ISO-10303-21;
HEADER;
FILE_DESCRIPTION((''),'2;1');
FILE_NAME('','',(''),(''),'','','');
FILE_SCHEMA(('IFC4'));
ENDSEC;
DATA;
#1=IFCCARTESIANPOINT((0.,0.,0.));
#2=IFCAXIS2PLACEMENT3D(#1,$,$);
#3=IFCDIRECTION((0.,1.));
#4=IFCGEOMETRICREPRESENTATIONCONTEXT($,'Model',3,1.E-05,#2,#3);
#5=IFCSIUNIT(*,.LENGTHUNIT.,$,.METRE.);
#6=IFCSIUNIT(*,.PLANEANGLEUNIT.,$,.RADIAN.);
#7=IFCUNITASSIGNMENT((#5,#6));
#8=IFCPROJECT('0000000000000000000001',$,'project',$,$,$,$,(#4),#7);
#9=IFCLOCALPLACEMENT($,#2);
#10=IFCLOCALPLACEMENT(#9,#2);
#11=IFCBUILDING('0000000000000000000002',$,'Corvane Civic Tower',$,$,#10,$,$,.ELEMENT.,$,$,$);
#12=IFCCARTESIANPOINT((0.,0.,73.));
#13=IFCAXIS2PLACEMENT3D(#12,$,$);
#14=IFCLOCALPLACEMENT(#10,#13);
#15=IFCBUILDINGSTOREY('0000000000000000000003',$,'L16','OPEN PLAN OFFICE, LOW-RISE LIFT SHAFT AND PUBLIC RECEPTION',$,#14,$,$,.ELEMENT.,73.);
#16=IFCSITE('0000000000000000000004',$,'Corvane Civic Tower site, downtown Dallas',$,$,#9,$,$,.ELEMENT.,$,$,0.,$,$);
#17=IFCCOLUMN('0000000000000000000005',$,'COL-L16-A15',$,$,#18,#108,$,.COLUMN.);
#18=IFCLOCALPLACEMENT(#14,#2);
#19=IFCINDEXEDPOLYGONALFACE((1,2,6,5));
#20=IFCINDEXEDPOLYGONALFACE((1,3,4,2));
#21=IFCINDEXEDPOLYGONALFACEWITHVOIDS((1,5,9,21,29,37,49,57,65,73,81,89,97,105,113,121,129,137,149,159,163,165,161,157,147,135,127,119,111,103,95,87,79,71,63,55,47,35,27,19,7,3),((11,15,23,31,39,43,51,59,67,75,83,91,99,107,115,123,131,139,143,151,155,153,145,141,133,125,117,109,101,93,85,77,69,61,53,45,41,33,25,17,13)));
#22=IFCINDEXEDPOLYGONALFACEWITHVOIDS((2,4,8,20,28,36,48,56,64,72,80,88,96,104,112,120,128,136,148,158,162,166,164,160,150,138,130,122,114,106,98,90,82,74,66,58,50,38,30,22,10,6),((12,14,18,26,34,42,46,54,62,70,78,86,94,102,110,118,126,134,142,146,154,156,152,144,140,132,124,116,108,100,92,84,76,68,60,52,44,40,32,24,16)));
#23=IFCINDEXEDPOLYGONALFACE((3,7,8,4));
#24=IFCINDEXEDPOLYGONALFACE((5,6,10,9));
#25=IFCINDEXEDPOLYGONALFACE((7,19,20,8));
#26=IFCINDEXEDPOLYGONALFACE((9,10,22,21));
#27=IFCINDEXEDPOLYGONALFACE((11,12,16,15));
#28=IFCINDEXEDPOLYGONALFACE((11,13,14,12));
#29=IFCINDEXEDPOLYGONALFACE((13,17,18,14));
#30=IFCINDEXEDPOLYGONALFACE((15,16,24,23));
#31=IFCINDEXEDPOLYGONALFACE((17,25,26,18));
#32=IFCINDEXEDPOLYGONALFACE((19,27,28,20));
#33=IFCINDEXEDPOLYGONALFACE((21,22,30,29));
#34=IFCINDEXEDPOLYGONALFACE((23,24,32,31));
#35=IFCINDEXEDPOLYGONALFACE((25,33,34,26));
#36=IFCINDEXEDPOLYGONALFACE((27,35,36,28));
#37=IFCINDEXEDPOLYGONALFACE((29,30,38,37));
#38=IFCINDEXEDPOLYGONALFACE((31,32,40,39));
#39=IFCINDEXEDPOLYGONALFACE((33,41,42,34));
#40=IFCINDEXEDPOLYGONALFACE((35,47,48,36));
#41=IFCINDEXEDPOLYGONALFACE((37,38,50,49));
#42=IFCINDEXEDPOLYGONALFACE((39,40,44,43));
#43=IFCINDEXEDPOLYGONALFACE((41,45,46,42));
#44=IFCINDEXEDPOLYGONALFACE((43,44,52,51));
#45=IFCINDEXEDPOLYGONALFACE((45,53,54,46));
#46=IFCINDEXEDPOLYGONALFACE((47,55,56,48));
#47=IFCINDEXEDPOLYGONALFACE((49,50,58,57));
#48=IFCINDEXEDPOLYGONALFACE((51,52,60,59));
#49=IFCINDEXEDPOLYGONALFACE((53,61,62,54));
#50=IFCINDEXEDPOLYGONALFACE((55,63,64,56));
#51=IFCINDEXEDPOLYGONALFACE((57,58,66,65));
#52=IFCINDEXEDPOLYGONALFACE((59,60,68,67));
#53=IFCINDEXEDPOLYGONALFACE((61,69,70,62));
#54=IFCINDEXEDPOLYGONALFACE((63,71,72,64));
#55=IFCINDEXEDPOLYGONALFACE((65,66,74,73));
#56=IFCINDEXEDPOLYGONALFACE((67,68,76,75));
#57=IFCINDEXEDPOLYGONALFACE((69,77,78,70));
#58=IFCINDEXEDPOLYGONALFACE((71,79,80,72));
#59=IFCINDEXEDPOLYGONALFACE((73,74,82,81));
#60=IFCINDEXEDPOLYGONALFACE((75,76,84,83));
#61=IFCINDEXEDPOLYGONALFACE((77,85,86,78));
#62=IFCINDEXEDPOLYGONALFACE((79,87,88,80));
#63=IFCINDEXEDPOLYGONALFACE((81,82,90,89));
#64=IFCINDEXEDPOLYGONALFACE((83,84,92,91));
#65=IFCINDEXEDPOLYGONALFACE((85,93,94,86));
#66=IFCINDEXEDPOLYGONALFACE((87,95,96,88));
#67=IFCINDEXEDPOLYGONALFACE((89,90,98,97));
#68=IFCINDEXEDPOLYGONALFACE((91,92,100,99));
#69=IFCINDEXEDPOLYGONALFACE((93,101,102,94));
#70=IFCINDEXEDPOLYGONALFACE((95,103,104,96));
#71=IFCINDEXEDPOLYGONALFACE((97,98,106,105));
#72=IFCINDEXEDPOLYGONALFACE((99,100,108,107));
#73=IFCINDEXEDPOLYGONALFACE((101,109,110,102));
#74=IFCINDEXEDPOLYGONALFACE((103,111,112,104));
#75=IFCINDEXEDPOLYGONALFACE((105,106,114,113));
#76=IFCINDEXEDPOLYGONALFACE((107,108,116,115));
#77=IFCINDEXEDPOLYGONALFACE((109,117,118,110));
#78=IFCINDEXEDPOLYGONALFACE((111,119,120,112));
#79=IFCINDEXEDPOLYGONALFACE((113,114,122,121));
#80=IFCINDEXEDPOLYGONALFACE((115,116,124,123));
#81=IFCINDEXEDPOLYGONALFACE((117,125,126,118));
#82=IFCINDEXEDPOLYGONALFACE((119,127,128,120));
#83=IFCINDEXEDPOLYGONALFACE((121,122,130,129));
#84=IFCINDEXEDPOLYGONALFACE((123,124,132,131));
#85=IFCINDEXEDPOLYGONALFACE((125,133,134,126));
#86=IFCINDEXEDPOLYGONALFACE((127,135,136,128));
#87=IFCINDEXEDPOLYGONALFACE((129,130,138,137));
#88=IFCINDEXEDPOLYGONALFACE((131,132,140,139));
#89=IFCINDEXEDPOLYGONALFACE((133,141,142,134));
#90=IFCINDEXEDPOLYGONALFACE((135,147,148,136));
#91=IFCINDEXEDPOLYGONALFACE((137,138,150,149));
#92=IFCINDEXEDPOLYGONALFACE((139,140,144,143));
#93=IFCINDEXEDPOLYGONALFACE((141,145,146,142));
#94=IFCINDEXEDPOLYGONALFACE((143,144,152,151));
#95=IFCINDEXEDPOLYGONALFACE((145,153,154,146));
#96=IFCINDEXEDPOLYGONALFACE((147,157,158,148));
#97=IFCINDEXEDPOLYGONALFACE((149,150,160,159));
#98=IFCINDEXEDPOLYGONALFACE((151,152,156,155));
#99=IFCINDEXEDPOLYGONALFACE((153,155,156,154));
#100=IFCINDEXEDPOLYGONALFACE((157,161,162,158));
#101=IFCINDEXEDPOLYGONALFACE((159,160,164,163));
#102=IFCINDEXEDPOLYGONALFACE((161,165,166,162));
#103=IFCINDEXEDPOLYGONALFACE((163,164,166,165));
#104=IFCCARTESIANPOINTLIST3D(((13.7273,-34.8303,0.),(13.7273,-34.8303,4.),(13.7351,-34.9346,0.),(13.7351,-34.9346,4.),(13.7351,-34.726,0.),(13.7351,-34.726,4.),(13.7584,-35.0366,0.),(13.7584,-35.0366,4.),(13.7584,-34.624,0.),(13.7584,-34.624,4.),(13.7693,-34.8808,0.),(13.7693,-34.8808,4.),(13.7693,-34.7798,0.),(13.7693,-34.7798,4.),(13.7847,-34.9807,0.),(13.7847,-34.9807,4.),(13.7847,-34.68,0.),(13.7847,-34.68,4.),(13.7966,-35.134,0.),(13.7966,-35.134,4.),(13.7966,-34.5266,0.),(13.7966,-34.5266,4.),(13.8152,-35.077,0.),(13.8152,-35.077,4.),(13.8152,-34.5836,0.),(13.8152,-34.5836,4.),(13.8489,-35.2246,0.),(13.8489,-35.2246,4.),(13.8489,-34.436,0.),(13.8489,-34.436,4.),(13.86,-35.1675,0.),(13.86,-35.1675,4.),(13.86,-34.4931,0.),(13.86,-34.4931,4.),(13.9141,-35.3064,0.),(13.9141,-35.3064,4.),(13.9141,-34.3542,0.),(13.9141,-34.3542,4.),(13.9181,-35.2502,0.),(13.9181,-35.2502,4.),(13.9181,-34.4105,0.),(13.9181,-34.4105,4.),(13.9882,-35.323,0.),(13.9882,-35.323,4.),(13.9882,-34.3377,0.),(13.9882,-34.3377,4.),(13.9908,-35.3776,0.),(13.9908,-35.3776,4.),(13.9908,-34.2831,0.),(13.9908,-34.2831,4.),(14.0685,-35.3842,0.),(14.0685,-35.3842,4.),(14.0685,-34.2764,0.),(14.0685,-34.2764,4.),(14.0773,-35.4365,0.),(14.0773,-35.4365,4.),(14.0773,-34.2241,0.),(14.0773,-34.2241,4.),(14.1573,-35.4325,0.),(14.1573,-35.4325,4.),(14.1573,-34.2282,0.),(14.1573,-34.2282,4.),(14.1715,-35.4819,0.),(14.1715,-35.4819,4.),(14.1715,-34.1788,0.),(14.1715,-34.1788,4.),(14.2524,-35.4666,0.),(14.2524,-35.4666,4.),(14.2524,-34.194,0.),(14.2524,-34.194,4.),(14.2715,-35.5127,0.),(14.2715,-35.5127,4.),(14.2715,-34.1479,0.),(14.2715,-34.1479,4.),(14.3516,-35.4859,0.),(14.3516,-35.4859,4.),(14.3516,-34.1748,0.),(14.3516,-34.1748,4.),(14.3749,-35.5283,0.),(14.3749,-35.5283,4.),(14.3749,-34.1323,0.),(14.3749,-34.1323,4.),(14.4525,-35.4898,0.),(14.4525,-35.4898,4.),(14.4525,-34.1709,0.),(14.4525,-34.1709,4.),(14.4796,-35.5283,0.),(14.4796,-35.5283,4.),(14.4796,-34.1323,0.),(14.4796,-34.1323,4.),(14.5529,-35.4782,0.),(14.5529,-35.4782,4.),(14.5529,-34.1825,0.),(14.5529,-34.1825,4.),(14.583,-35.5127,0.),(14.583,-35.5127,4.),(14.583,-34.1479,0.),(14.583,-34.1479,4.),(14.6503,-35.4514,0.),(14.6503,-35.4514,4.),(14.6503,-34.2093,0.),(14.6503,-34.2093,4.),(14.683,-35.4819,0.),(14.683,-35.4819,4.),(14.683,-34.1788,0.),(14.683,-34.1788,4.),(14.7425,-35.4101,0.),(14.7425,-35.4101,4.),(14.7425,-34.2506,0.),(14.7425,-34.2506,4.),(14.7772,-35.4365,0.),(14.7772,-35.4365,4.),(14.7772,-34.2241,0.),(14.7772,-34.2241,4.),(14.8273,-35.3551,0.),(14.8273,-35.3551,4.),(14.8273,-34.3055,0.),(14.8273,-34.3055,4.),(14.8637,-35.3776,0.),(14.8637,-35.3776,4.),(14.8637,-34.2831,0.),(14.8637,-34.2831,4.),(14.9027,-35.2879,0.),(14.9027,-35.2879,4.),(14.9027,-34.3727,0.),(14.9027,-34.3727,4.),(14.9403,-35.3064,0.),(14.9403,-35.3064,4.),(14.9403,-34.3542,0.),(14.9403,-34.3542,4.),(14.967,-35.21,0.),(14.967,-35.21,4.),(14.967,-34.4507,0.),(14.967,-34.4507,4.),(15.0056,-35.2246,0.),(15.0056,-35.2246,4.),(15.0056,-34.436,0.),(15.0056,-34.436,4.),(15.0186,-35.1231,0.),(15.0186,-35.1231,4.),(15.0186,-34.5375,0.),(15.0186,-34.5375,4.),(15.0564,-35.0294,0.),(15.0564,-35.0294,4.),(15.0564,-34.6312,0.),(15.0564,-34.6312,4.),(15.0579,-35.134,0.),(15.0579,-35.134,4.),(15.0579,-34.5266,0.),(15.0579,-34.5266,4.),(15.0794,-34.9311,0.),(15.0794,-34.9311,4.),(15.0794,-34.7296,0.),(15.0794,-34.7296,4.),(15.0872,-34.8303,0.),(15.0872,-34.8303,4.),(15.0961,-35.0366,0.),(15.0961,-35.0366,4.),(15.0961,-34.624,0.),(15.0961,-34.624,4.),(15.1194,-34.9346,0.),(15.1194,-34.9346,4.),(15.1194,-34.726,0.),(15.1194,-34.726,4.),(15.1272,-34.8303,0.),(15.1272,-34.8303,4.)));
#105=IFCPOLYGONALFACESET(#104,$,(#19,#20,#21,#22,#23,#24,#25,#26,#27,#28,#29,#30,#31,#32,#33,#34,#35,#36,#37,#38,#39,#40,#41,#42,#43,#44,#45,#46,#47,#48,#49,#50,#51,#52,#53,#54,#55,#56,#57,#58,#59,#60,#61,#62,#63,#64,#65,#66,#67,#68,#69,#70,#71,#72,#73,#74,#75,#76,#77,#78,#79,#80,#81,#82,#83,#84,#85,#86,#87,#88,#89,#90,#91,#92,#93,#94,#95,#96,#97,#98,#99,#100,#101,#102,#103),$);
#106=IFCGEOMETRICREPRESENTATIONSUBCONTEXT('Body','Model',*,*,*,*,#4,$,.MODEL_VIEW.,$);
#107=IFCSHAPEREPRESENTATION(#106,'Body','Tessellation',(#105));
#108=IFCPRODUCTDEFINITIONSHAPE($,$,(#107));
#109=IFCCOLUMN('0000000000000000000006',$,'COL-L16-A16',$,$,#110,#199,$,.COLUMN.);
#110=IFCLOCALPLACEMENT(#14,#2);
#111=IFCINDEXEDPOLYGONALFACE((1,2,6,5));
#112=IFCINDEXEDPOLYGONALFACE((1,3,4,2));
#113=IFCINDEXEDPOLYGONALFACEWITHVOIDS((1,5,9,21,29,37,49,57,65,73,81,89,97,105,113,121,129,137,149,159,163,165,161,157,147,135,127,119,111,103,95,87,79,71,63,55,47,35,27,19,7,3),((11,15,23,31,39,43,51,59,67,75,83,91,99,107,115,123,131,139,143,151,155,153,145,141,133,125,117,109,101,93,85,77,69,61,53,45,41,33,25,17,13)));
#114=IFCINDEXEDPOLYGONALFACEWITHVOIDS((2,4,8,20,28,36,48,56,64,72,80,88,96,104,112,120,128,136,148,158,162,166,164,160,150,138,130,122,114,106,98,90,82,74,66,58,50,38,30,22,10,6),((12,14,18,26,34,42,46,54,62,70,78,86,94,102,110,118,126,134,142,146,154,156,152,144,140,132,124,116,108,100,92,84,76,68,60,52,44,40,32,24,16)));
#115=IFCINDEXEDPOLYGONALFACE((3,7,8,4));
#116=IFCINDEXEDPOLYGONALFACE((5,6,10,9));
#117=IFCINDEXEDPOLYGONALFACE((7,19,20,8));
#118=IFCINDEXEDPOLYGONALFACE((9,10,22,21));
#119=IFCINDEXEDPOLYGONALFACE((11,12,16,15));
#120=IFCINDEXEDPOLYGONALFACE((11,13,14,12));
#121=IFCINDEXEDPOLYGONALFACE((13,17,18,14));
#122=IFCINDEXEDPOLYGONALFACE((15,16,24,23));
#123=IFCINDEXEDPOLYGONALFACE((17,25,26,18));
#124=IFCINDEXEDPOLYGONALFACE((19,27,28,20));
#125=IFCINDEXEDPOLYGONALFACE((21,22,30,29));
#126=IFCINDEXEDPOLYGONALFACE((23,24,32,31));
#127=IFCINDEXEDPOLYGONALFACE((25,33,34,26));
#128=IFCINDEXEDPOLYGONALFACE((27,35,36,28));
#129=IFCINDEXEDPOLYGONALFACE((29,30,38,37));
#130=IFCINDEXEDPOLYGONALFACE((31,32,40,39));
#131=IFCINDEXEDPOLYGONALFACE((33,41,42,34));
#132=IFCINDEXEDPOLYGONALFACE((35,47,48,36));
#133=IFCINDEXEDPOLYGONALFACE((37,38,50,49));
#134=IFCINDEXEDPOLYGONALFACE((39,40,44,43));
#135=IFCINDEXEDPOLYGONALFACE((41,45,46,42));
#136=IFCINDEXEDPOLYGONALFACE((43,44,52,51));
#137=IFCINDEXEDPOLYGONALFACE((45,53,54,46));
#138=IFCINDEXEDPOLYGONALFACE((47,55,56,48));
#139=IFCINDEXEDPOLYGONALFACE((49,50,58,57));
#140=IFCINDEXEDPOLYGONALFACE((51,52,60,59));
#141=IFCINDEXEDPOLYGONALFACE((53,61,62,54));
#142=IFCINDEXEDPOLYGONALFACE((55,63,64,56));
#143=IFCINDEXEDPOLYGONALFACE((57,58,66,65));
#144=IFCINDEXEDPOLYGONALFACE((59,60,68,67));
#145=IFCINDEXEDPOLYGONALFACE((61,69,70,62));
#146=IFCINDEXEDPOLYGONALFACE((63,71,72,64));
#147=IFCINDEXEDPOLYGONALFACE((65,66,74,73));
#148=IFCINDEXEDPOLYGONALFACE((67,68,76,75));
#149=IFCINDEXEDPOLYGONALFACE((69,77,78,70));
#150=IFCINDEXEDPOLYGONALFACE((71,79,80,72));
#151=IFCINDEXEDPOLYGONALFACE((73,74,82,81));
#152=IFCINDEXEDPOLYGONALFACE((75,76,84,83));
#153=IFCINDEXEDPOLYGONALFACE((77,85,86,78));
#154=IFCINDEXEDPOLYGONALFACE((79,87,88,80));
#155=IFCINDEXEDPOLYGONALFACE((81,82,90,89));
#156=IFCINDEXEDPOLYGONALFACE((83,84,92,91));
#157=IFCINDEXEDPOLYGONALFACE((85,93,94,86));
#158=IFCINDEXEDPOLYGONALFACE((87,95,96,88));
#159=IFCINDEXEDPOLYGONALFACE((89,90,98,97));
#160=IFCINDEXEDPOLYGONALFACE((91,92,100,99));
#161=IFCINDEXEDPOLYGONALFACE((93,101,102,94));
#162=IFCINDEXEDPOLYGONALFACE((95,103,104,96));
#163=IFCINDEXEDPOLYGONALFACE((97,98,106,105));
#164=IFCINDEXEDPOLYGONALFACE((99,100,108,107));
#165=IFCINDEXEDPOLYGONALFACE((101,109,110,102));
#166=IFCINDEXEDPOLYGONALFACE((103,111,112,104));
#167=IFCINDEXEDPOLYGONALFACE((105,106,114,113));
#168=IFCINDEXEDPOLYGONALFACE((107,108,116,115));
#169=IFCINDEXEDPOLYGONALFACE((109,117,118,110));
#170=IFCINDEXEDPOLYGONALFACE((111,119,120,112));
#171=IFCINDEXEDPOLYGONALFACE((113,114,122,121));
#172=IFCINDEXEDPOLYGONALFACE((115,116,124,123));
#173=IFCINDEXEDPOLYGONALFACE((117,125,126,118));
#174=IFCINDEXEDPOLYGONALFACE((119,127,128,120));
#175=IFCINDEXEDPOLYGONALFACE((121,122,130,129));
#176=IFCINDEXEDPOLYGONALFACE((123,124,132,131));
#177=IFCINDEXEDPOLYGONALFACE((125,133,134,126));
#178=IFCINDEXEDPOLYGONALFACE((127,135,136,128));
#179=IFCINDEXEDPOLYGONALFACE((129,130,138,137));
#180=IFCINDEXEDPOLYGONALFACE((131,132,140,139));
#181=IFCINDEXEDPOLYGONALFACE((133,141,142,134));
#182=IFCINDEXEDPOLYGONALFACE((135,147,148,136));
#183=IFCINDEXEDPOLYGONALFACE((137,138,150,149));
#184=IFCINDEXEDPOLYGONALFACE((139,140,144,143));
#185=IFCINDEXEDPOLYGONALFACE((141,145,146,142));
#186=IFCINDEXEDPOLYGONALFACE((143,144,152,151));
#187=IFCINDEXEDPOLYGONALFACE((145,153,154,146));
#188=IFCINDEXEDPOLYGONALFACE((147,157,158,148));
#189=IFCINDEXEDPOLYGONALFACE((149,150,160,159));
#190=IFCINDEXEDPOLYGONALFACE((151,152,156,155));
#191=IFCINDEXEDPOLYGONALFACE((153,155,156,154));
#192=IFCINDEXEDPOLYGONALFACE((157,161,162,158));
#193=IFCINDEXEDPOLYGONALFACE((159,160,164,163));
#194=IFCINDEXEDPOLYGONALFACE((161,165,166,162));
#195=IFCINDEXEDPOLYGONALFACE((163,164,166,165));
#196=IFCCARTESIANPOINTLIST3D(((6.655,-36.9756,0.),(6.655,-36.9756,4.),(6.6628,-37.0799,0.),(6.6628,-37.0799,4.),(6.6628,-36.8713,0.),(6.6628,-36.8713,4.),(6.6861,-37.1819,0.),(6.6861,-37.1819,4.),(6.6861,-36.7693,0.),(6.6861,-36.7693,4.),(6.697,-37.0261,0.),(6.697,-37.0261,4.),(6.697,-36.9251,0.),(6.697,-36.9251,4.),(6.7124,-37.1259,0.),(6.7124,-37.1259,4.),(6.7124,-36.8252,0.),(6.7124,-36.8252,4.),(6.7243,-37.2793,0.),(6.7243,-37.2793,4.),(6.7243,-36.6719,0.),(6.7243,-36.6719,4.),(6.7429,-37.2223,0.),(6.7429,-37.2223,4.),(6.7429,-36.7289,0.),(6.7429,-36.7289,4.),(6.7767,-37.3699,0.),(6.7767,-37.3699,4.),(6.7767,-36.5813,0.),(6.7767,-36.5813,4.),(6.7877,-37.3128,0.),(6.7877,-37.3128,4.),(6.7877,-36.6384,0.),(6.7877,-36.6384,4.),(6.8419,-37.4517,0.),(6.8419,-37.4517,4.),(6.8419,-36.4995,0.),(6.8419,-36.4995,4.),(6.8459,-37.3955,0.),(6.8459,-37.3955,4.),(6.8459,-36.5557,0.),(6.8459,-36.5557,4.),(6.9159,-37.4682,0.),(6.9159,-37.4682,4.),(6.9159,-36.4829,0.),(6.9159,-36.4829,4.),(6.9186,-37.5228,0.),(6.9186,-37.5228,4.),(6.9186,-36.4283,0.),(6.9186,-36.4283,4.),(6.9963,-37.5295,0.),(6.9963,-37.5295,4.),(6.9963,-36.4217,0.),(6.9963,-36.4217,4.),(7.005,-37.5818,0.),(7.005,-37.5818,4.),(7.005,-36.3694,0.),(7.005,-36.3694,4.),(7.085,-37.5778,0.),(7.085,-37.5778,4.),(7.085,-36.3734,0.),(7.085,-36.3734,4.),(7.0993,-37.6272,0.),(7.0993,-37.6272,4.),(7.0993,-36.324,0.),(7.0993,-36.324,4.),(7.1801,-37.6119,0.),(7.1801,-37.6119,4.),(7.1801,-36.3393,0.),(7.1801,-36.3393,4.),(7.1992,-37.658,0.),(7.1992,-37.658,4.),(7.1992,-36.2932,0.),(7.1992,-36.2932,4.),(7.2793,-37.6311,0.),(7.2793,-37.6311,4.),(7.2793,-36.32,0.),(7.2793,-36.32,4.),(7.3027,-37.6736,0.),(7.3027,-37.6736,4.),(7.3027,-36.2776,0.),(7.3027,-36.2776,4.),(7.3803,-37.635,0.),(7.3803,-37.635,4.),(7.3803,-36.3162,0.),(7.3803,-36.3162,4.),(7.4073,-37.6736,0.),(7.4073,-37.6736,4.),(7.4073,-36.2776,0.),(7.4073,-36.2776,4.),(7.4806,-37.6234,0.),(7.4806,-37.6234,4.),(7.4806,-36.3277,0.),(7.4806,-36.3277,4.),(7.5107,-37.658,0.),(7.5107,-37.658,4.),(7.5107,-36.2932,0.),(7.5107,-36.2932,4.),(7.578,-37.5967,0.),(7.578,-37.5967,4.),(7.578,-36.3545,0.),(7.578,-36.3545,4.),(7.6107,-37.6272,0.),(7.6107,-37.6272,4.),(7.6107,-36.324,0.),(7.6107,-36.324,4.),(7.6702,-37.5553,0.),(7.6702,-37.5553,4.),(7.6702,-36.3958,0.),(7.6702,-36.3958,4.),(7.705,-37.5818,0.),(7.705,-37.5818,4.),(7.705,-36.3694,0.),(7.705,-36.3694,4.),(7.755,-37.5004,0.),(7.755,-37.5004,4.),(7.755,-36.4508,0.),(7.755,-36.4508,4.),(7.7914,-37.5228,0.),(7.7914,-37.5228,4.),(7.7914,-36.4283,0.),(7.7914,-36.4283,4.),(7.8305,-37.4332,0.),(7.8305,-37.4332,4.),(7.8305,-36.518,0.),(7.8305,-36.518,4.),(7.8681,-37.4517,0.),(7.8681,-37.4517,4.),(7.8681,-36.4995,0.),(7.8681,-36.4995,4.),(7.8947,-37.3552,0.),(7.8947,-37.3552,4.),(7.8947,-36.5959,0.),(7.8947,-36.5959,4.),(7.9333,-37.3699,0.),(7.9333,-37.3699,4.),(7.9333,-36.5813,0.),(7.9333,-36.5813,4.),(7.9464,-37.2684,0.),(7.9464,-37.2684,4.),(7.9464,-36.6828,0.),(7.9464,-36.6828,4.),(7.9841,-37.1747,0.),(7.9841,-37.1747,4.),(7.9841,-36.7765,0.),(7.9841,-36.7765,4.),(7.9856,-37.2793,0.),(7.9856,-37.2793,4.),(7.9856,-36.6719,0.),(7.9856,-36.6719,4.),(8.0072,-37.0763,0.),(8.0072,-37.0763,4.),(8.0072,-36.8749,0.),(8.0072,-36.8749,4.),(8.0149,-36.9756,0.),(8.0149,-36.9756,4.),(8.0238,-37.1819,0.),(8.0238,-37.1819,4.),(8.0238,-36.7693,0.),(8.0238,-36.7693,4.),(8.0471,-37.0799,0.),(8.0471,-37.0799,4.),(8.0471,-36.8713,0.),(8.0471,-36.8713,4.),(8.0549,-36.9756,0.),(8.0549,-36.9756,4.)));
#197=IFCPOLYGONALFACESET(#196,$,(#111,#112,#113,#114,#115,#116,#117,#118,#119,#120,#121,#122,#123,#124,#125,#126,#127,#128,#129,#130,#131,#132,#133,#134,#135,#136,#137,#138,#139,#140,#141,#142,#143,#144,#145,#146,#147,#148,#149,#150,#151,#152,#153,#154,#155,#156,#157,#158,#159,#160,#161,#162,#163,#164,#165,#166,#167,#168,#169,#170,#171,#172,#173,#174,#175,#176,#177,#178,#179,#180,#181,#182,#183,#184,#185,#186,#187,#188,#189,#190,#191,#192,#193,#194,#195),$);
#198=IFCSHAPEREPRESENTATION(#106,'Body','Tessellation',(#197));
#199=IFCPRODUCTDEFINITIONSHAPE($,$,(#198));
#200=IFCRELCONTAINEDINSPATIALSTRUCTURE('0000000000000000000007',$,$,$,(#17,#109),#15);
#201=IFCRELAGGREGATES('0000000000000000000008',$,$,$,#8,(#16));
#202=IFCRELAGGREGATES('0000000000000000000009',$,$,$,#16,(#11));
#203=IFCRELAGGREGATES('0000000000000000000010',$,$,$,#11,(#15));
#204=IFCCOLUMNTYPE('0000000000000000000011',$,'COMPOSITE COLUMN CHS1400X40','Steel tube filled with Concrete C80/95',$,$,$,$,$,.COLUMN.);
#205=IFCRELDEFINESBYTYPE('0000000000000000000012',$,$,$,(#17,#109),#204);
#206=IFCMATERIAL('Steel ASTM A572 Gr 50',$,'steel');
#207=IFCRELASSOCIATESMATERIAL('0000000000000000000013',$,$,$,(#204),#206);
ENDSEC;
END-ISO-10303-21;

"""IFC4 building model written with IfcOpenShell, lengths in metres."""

from ifc_helpers import new_model, si_unit, direction, frame, origin, origin_2d, place, context, subcontext, project, spatial, hollow_circle, extrude, material, material_profile, profile_set, type_object, element, save


model = new_model("IFC4")

# Units and contexts
model_context = context("Model", 3, precision=1e-05, world=origin(), true_north=direction((0.0, 1.0)))
body_context = subcontext(model_context, "Body", "Model", "MODEL_VIEW")
ifc_project = project(units=[si_unit("LENGTHUNIT", "METRE"), si_unit("PLANEANGLEUNIT", "RADIAN")], contexts=[model_context])

# Site, building, storey
site_placement = place(None, origin())
site = spatial("IfcSite", under=ifc_project, at=site_placement, Name="Corvane Civic Tower site, downtown Dallas", CompositionType="ELEMENT", RefElevation=0.0)
building_placement = place(site_placement, origin())
building = spatial("IfcBuilding", under=site, at=building_placement, Name="Corvane Civic Tower", CompositionType="ELEMENT")
storey_placement = place(building_placement, frame((0.0, 0.0, 73.0)))
storey = spatial("IfcBuildingStorey", under=building, at=storey_placement, Name="L16", Description="OPEN PLAN OFFICE, LOW-RISE LIFT SHAFT AND PUBLIC RECEPTION", CompositionType="ELEMENT", Elevation=73.0)

# Columns
ifc_material_1 = material(Name="Steel ASTM A572 Gr 50", Category="steel")
ifc_material_profile_1 = material_profile(ifc_material_1, hollow_circle(Radius=0.7, WallThickness=0.04, at=origin_2d()), Name="CHS1400X40")
ifc_profile_set_1 = profile_set([ifc_material_profile_1], Name="Steel ASTM A572 Gr 50")
column_type = type_object("IfcColumnType", Name="COMPOSITE COLUMN CHS1400X40", Description="Steel tube filled with Concrete C80/95", PredefinedType="COLUMN", material=ifc_profile_set_1)
for number, where, z_axis, x_axis, name in (
    (1, (14.4272, -34.8303, 0.0), (0.0, 0.0, 1.0), (1.0, 0.0, 0.0), "COL-L16-A15"),
    (2, (7.355, -36.9756, 0.0), (0.0, 0.0, 1.0), (1.0, 0.0, 0.0), "COL-L16-A16"),
):
    element("IfcColumn", number, at=place(storey_placement, frame(where, z_axis=z_axis, x_axis=x_axis)), inside=storey, type_object=column_type, Name=name, PredefinedType="COLUMN", context=body_context, shape_type="SweptSolid", body=[
        extrude(hollow_circle(Radius=0.7, WallThickness=0.04, at=origin_2d()), origin(), (0.0, 0.0, 1.0), 4.0),
    ])

save(model, "model.ifc")
